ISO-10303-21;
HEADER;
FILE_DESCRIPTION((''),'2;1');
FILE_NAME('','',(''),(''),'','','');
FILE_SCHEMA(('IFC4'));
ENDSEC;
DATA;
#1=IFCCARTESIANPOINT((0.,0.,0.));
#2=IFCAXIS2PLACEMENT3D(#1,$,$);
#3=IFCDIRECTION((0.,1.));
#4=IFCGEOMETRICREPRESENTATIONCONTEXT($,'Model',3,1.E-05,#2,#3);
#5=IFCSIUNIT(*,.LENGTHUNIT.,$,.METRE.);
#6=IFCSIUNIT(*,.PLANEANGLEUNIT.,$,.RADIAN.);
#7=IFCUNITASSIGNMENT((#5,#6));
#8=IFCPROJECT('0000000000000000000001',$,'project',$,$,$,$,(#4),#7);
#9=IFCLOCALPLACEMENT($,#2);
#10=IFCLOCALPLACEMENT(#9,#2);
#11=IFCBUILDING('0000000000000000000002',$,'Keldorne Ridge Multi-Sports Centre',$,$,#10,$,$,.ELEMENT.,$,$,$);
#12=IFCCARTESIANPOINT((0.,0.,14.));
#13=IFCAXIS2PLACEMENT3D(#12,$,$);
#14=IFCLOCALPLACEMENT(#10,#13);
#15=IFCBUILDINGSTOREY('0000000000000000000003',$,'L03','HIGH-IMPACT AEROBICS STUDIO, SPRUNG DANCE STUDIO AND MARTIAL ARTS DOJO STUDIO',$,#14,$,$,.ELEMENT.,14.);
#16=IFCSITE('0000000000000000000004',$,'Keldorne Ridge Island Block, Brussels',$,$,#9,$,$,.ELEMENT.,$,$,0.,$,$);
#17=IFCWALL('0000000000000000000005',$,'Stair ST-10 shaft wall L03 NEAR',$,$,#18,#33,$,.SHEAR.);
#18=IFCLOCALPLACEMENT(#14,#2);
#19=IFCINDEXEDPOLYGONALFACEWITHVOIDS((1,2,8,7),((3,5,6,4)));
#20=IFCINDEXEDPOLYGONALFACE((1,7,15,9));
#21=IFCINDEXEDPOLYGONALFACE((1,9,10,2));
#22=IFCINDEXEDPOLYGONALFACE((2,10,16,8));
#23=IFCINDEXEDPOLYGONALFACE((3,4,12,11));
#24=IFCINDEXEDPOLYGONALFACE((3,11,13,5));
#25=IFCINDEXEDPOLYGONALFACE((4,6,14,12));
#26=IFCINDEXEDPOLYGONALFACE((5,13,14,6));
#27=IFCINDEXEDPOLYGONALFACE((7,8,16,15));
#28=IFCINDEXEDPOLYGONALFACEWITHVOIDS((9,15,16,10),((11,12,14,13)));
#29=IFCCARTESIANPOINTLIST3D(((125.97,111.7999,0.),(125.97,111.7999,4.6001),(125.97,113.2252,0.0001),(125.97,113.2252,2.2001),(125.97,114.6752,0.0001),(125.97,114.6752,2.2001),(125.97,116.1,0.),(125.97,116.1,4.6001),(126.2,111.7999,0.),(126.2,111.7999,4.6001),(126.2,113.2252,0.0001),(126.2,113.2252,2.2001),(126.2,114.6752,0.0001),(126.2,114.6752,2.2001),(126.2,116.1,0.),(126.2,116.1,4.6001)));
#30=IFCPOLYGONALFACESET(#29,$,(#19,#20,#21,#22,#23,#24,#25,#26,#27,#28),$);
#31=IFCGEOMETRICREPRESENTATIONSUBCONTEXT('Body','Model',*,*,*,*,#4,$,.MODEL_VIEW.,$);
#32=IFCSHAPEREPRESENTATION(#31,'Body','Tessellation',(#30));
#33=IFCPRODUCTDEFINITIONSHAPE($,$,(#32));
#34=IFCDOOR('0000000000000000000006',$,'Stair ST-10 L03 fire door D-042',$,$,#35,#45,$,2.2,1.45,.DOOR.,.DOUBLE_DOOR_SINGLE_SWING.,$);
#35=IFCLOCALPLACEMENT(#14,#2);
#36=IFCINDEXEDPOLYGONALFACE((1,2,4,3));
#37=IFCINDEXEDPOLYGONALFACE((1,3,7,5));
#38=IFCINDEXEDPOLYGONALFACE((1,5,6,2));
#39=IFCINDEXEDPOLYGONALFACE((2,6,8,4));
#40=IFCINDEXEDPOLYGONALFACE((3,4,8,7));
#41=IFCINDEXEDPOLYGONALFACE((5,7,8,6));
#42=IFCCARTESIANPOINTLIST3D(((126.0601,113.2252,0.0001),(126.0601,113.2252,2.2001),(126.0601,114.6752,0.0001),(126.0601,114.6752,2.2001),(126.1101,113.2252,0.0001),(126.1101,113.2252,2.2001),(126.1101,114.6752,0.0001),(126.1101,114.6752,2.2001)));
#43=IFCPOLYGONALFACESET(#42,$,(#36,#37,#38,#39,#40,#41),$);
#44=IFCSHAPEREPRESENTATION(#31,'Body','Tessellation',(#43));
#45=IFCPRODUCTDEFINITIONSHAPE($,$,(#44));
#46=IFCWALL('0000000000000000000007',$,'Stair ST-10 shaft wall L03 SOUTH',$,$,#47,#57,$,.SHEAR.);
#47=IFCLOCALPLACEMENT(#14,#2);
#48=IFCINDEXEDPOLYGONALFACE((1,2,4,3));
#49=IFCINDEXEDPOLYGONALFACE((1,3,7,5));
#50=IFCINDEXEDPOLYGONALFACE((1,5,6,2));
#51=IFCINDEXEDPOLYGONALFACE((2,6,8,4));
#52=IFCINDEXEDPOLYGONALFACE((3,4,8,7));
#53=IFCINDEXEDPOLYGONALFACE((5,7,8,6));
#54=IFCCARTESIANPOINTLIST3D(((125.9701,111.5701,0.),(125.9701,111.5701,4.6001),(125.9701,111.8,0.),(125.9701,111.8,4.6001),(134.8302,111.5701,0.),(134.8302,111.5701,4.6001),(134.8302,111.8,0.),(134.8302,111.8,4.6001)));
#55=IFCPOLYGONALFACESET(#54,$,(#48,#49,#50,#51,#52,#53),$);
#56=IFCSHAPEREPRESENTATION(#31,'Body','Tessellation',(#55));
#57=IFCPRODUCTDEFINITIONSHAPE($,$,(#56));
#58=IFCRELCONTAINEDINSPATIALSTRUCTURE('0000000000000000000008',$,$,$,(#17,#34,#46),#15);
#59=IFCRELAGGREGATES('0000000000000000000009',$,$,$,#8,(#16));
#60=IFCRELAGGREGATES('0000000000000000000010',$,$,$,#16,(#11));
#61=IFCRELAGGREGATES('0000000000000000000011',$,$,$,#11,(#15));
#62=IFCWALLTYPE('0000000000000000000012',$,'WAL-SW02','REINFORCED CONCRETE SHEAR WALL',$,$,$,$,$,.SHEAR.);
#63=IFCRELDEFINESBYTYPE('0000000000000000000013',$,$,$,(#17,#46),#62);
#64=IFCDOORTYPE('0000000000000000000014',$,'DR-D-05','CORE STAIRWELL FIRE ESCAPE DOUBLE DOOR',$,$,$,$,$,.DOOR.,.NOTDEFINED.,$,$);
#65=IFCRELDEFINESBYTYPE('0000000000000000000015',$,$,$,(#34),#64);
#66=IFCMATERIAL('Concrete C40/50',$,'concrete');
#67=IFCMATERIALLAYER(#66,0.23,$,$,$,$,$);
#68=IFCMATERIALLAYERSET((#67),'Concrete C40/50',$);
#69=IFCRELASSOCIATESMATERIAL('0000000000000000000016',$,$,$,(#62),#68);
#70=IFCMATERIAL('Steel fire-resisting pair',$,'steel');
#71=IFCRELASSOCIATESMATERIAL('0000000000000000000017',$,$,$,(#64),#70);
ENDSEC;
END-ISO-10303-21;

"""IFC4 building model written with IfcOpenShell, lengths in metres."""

from ifc_helpers import new_model, si_unit, direction, frame, frame_2d, origin, place, context, subcontext, project, spatial, rectangle, extrude, material, layer, layer_set, type_object, element, fill, save


model = new_model("IFC4")

# Units and contexts
model_context = context("Model", 3, precision=1e-05, world=origin(), true_north=direction((0.0, 1.0)))
body_context = subcontext(model_context, "Body", "Model", "MODEL_VIEW")
ifc_project = project(units=[si_unit("LENGTHUNIT", "METRE"), si_unit("PLANEANGLEUNIT", "RADIAN")], contexts=[model_context])

# Site, building, storey
site_placement = place(None, origin())
site = spatial("IfcSite", under=ifc_project, at=site_placement, Name="Keldorne Ridge Island Block, Brussels", CompositionType="ELEMENT", RefElevation=0.0)
building_placement = place(site_placement, origin())
building = spatial("IfcBuilding", under=site, at=building_placement, Name="Keldorne Ridge Multi-Sports Centre", CompositionType="ELEMENT")
storey_placement = place(building_placement, frame((0.0, 0.0, 14.0)))
storey = spatial("IfcBuildingStorey", under=building, at=storey_placement, Name="L03", Description="HIGH-IMPACT AEROBICS STUDIO, SPRUNG DANCE STUDIO AND MARTIAL ARTS DOJO STUDIO", CompositionType="ELEMENT", Elevation=14.0)

# Wall, opening, door
ifc_material_1 = material(Name="Concrete C40/50", Category="concrete")
ifc_layer_1 = layer(ifc_material_1, 0.23)
ifc_layer_set_1 = layer_set([ifc_layer_1], Name="Concrete C40/50")
wall_type_1 = type_object("IfcWallType", Name="WAL-SW02", Description="REINFORCED CONCRETE SHEAR WALL", PredefinedType="SHEAR", material=ifc_layer_set_1)
wall_1_placement = place(storey_placement, frame((126.085, 111.8, 0.0), z_axis=(0.0, 0.0, 1.0), x_axis=(0.0, 1.0, 0.0)))
wall_1 = element("IfcWall", 1, at=wall_1_placement, inside=storey, type_object=wall_type_1, Name="Stair ST-10 shaft wall L03 NEAR", PredefinedType="SHEAR", context=body_context, shape_type="SweptSolid", body=[
    extrude(rectangle(XDim=4.3, YDim=0.23, at=frame_2d((2.1499, 0.0))), origin(), (0.0, 0.0, 1.0), 4.6001),
])
opening_1_placement = place(wall_1_placement, frame((1.425, 0.0, 0.0)))
opening_1 = element("IfcOpeningElement", 2, at=opening_1_placement, cuts=wall_1, PredefinedType="OPENING", context=body_context, shape_type="SweptSolid", body=[
    extrude(rectangle(XDim=1.45, YDim=2.2, at=frame_2d((0.7251, 1.1001))), frame((0.0, 0.125, 0.0), z_axis=(0.0, -1.0, 0.0), x_axis=(1.0, 0.0, 0.0)), (0.0, 0.0, 1.0), 0.25),
])
ifc_material_2 = material(Name="Steel fire-resisting pair", Category="steel")
door_type = type_object("IfcDoorType", Name="DR-D-05", Description="CORE STAIRWELL FIRE ESCAPE DOUBLE DOOR", OperationType="NOTDEFINED", PredefinedType="DOOR", material=ifc_material_2)
door_placement = place(opening_1_placement, origin())
door = element("IfcDoor", 3, at=door_placement, inside=storey, type_object=door_type, Name="Stair ST-10 L03 fire door D-042", OperationType="DOUBLE_DOOR_SINGLE_SWING", OverallHeight=2.2, OverallWidth=1.45, PredefinedType="DOOR", context=body_context, shape_type="SweptSolid", body=[
    extrude(rectangle(XDim=1.45, YDim=2.2, at=frame_2d((0.7251, 1.1001))), frame((0.0, 0.0249, 0.0), z_axis=(0.0, -1.0, 0.0), x_axis=(1.0, 0.0, 0.0)), (0.0, 0.0, 1.0), 0.05),
])
fill(opening_1, door)

# Wall
wall_2_placement = place(storey_placement, frame((125.97, 111.6851, 0.0), z_axis=(0.0, 0.0, 1.0), x_axis=(1.0, 0.0, 0.0)))
element("IfcWall", 4, at=wall_2_placement, inside=storey, type_object=wall_type_1, Name="Stair ST-10 shaft wall L03 SOUTH", PredefinedType="SHEAR", context=body_context, shape_type="SweptSolid", body=[
    extrude(rectangle(XDim=8.8601, YDim=0.23, at=frame_2d((4.4302, 0.0))), origin(), (0.0, 0.0, 1.0), 4.6001),
])

save(model, "model.ifc")
